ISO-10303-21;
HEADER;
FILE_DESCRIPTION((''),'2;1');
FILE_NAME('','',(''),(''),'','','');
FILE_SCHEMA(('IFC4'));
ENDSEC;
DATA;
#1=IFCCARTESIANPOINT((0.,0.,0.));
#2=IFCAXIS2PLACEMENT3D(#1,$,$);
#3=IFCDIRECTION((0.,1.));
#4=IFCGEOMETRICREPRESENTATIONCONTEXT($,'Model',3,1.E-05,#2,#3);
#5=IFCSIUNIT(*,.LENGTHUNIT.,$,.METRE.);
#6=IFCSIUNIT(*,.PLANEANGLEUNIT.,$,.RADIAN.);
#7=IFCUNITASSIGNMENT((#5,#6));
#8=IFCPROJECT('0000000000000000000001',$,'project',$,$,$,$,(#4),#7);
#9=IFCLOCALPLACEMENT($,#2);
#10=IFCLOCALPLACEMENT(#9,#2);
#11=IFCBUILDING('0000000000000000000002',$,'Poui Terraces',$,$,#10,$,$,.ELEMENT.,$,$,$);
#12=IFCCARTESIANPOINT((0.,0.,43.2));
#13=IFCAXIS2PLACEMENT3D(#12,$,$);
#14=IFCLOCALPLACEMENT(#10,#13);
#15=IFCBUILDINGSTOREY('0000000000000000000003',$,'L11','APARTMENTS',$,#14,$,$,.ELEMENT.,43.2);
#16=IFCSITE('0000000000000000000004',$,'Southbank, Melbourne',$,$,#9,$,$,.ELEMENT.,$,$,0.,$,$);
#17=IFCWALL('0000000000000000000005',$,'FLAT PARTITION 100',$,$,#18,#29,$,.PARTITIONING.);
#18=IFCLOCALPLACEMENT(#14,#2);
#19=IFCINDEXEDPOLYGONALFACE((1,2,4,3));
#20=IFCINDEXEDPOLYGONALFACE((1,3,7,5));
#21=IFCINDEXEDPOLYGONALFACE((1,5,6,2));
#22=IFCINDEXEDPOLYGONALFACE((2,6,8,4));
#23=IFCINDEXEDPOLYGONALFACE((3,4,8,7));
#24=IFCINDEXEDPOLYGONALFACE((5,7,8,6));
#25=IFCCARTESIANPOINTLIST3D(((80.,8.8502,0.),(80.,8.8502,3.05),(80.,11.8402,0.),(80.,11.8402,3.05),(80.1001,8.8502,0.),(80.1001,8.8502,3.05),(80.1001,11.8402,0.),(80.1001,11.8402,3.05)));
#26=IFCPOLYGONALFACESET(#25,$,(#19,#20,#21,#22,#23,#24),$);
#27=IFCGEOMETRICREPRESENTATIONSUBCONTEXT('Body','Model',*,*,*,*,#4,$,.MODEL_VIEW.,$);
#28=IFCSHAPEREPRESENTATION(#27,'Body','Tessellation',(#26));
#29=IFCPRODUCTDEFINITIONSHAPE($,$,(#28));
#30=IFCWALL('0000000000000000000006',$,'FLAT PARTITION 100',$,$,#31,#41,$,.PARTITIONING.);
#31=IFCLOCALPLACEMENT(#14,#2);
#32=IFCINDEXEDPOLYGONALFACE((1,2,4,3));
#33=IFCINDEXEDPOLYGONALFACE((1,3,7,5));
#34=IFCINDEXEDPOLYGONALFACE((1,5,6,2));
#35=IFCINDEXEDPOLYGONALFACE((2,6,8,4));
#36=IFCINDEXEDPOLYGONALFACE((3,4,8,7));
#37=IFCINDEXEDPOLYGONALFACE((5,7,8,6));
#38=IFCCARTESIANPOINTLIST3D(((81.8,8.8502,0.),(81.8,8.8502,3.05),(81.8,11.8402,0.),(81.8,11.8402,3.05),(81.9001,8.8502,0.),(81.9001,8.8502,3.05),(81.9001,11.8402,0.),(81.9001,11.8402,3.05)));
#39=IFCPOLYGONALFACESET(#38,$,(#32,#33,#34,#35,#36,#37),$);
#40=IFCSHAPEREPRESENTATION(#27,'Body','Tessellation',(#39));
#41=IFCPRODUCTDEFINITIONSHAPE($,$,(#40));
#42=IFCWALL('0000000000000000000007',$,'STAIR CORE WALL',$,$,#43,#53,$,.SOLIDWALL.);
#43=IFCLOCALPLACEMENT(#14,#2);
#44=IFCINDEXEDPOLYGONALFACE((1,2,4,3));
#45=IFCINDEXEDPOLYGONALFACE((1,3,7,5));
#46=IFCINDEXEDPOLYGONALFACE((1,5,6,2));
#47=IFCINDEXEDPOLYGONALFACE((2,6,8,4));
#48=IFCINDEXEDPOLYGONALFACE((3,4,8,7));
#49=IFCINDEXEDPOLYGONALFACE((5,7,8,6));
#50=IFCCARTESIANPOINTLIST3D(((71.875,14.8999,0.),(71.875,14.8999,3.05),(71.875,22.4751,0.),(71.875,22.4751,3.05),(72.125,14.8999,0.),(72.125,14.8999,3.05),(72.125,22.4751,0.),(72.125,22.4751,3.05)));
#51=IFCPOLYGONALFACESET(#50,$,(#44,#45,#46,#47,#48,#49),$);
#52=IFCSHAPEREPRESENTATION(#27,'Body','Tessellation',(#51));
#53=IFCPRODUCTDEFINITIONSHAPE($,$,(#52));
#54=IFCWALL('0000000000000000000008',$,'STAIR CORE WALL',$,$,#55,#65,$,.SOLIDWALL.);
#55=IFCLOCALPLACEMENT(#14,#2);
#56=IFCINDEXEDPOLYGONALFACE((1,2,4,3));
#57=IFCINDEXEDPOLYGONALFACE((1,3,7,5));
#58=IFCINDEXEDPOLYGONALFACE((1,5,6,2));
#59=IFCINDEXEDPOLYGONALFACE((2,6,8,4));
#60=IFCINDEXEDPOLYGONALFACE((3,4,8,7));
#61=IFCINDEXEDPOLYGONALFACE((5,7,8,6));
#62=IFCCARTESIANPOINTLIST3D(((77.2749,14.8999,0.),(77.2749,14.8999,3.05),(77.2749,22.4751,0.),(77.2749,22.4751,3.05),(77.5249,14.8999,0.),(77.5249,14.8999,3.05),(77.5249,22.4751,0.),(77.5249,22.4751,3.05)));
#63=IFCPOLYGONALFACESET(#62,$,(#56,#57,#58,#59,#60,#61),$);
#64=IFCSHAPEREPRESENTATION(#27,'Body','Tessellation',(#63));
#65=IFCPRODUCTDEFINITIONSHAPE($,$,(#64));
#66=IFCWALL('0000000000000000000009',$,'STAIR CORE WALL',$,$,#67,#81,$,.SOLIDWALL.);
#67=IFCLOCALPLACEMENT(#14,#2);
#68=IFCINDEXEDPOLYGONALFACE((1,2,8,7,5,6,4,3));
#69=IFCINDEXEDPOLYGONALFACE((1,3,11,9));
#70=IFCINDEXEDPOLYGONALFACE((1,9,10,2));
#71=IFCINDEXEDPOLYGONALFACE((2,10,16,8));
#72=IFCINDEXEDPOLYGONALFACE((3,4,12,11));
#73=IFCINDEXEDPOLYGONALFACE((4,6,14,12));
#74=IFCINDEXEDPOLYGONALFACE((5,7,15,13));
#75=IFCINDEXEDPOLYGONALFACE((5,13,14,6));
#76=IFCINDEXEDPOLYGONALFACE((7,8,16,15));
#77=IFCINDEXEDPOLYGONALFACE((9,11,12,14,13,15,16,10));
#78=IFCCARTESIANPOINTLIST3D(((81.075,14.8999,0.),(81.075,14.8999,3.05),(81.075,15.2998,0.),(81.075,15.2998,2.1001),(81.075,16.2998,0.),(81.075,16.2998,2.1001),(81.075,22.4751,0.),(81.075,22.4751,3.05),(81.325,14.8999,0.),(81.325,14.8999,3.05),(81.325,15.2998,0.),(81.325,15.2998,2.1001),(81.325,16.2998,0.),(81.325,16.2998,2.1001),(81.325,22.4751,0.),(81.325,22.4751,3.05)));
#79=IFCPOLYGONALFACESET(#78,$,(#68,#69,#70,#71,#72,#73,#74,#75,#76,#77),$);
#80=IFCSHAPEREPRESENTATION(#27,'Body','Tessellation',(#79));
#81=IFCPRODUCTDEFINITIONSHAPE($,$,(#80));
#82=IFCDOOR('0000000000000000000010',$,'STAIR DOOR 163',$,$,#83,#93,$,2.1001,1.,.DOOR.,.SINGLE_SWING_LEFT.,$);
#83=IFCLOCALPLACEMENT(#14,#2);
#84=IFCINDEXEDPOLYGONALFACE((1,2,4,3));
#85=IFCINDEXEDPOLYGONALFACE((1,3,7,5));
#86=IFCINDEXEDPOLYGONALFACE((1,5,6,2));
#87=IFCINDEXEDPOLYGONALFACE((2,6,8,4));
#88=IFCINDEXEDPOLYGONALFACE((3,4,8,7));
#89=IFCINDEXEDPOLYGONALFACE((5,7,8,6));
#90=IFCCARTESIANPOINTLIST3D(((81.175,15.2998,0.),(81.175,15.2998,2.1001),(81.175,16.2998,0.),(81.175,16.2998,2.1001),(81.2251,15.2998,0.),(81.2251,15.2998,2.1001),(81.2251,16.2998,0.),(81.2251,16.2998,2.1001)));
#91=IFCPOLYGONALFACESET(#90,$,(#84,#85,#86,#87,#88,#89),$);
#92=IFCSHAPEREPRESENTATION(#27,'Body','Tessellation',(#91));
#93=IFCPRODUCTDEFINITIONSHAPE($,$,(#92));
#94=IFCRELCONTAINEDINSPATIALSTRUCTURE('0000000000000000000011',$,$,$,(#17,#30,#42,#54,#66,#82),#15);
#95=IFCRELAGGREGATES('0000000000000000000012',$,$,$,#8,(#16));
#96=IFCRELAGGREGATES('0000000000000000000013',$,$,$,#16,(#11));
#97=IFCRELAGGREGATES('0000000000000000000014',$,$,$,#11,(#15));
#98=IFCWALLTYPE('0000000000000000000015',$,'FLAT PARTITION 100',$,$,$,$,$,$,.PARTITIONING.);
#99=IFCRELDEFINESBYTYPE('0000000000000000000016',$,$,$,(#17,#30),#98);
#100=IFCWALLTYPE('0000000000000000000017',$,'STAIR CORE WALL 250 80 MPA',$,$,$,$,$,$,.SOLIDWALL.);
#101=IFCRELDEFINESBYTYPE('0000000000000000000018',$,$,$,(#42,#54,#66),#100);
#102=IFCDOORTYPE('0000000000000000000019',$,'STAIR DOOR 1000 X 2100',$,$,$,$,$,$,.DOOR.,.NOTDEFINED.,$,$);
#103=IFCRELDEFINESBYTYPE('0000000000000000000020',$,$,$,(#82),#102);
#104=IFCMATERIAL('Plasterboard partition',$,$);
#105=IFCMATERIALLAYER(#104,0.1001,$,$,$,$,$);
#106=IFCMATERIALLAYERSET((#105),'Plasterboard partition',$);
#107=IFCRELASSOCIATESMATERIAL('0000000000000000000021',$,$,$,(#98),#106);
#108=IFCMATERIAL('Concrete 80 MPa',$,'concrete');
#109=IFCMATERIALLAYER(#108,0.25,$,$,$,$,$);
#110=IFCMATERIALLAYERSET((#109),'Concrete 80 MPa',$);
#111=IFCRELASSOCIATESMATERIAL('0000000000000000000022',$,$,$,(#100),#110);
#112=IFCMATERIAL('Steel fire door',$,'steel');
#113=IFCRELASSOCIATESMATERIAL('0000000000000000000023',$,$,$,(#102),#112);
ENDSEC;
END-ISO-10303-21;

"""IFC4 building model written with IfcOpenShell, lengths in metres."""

from ifc_helpers import new_model, si_unit, direction, frame, frame_2d, origin, place, context, subcontext, project, spatial, rectangle, extrude, material, layer, layer_set, type_object, element, fill, save


model = new_model("IFC4")

# Units and contexts
model_context = context("Model", 3, precision=1e-05, world=origin(), true_north=direction((0.0, 1.0)))
body_context = subcontext(model_context, "Body", "Model", "MODEL_VIEW")
ifc_project = project(units=[si_unit("LENGTHUNIT", "METRE"), si_unit("PLANEANGLEUNIT", "RADIAN")], contexts=[model_context])

# Site, building, storey
site_placement = place(None, origin())
site = spatial("IfcSite", under=ifc_project, at=site_placement, Name="Southbank, Melbourne", CompositionType="ELEMENT", RefElevation=0.0)
building_placement = place(site_placement, origin())
building = spatial("IfcBuilding", under=site, at=building_placement, Name="Poui Terraces", CompositionType="ELEMENT")
storey_placement = place(building_placement, frame((0.0, 0.0, 43.2)))
storey = spatial("IfcBuildingStorey", under=building, at=storey_placement, Name="L11", Description="APARTMENTS", CompositionType="ELEMENT", Elevation=43.2)

# Shared definitions
ifc_material_1 = material(Name="Concrete 80 MPa", Category="concrete")

# Shared definitions
ifc_material_2 = material(Name="Steel fire door", Category="steel")
ifc_material_3 = material(Name="Plasterboard partition")
ifc_layer_1 = layer(ifc_material_3, 0.1001)
ifc_layer_set_1 = layer_set([ifc_layer_1], Name="Plasterboard partition")
wall_type_1 = type_object("IfcWallType", Name="FLAT PARTITION 100", PredefinedType="PARTITIONING", material=ifc_layer_set_1)

# Walls
for number, where, z_axis, x_axis, name in (
    (1, (80.05, 8.8501, 0.0), (0.0, 0.0, 1.0), (0.0, 1.0, 0.0), "FLAT PARTITION 100"),
    (2, (81.8501, 8.8501, 0.0), (0.0, 0.0, 1.0), (0.0, 1.0, 0.0), "FLAT PARTITION 100"),
):
    element("IfcWall", number, at=place(storey_placement, frame(where, z_axis=z_axis, x_axis=x_axis)), inside=storey, type_object=wall_type_1, Name=name, PredefinedType="PARTITIONING", context=body_context, shape_type="SweptSolid", body=[
        extrude(rectangle(XDim=2.99, YDim=0.1001, at=frame_2d((1.4951, 0.0))), origin(), (0.0, 0.0, 1.0), 3.05),
    ])
ifc_layer_2 = layer(ifc_material_1, 0.25)
ifc_layer_set_2 = layer_set([ifc_layer_2], Name="Concrete 80 MPa")
wall_type_2 = type_object("IfcWallType", Name="STAIR CORE WALL 250 80 MPA", PredefinedType="SOLIDWALL", material=ifc_layer_set_2)
for number, where, z_axis, x_axis, name in (
    (3, (72.0, 14.8999, 0.0), (0.0, 0.0, 1.0), (0.0, 1.0, 0.0), "STAIR CORE WALL"),
    (4, (77.3999, 14.8999, 0.0), (0.0, 0.0, 1.0), (0.0, 1.0, 0.0), "STAIR CORE WALL"),
):
    element("IfcWall", number, at=place(storey_placement, frame(where, z_axis=z_axis, x_axis=x_axis)), inside=storey, type_object=wall_type_2, Name=name, PredefinedType="SOLIDWALL", context=body_context, shape_type="SweptSolid", body=[
        extrude(rectangle(XDim=7.5752, YDim=0.25, at=frame_2d((3.7876, 0.0))), origin(), (0.0, 0.0, 1.0), 3.05),
    ])

# Wall, opening, door
wall_1_placement = place(storey_placement, frame((81.2, 14.8999, 0.0), z_axis=(0.0, 0.0, 1.0), x_axis=(0.0, 1.0, 0.0)))
wall_1 = element("IfcWall", 5, at=wall_1_placement, inside=storey, type_object=wall_type_2, Name="STAIR CORE WALL", PredefinedType="SOLIDWALL", context=body_context, shape_type="SweptSolid", body=[
    extrude(rectangle(XDim=7.5752, YDim=0.25, at=frame_2d((3.7876, 0.0))), origin(), (0.0, 0.0, 1.0), 3.05),
])
opening_1_placement = place(wall_1_placement, frame((0.3999, 0.0, 0.0)))
opening_1 = element("IfcOpeningElement", 6, at=opening_1_placement, cuts=wall_1, PredefinedType="OPENING", context=body_context, shape_type="SweptSolid", body=[
    extrude(rectangle(XDim=1.0, YDim=2.1001, at=frame_2d((0.5, 1.05))), frame((0.0, 0.135, 0.0), z_axis=(0.0, -1.0, 0.0), x_axis=(1.0, 0.0, 0.0)), (0.0, 0.0, 1.0), 0.27),
])
door_type_1 = type_object("IfcDoorType", Name="STAIR DOOR 1000 X 2100", OperationType="NOTDEFINED", PredefinedType="DOOR", material=ifc_material_2)
door_1_placement = place(opening_1_placement, origin())
door_1 = element("IfcDoor", 7, at=door_1_placement, inside=storey, type_object=door_type_1, Name="STAIR DOOR 163", OperationType="SINGLE_SWING_LEFT", OverallHeight=2.1001, OverallWidth=1.0, PredefinedType="DOOR", context=body_context, shape_type="SweptSolid", body=[
    extrude(rectangle(XDim=1.0, YDim=2.1001, at=frame_2d((0.5, 1.05))), frame((0.0, 0.0249, 0.0), z_axis=(0.0, -1.0, 0.0), x_axis=(1.0, 0.0, 0.0)), (0.0, 0.0, 1.0), 0.05),
])
fill(opening_1, door_1)

save(model, "model.ifc")
